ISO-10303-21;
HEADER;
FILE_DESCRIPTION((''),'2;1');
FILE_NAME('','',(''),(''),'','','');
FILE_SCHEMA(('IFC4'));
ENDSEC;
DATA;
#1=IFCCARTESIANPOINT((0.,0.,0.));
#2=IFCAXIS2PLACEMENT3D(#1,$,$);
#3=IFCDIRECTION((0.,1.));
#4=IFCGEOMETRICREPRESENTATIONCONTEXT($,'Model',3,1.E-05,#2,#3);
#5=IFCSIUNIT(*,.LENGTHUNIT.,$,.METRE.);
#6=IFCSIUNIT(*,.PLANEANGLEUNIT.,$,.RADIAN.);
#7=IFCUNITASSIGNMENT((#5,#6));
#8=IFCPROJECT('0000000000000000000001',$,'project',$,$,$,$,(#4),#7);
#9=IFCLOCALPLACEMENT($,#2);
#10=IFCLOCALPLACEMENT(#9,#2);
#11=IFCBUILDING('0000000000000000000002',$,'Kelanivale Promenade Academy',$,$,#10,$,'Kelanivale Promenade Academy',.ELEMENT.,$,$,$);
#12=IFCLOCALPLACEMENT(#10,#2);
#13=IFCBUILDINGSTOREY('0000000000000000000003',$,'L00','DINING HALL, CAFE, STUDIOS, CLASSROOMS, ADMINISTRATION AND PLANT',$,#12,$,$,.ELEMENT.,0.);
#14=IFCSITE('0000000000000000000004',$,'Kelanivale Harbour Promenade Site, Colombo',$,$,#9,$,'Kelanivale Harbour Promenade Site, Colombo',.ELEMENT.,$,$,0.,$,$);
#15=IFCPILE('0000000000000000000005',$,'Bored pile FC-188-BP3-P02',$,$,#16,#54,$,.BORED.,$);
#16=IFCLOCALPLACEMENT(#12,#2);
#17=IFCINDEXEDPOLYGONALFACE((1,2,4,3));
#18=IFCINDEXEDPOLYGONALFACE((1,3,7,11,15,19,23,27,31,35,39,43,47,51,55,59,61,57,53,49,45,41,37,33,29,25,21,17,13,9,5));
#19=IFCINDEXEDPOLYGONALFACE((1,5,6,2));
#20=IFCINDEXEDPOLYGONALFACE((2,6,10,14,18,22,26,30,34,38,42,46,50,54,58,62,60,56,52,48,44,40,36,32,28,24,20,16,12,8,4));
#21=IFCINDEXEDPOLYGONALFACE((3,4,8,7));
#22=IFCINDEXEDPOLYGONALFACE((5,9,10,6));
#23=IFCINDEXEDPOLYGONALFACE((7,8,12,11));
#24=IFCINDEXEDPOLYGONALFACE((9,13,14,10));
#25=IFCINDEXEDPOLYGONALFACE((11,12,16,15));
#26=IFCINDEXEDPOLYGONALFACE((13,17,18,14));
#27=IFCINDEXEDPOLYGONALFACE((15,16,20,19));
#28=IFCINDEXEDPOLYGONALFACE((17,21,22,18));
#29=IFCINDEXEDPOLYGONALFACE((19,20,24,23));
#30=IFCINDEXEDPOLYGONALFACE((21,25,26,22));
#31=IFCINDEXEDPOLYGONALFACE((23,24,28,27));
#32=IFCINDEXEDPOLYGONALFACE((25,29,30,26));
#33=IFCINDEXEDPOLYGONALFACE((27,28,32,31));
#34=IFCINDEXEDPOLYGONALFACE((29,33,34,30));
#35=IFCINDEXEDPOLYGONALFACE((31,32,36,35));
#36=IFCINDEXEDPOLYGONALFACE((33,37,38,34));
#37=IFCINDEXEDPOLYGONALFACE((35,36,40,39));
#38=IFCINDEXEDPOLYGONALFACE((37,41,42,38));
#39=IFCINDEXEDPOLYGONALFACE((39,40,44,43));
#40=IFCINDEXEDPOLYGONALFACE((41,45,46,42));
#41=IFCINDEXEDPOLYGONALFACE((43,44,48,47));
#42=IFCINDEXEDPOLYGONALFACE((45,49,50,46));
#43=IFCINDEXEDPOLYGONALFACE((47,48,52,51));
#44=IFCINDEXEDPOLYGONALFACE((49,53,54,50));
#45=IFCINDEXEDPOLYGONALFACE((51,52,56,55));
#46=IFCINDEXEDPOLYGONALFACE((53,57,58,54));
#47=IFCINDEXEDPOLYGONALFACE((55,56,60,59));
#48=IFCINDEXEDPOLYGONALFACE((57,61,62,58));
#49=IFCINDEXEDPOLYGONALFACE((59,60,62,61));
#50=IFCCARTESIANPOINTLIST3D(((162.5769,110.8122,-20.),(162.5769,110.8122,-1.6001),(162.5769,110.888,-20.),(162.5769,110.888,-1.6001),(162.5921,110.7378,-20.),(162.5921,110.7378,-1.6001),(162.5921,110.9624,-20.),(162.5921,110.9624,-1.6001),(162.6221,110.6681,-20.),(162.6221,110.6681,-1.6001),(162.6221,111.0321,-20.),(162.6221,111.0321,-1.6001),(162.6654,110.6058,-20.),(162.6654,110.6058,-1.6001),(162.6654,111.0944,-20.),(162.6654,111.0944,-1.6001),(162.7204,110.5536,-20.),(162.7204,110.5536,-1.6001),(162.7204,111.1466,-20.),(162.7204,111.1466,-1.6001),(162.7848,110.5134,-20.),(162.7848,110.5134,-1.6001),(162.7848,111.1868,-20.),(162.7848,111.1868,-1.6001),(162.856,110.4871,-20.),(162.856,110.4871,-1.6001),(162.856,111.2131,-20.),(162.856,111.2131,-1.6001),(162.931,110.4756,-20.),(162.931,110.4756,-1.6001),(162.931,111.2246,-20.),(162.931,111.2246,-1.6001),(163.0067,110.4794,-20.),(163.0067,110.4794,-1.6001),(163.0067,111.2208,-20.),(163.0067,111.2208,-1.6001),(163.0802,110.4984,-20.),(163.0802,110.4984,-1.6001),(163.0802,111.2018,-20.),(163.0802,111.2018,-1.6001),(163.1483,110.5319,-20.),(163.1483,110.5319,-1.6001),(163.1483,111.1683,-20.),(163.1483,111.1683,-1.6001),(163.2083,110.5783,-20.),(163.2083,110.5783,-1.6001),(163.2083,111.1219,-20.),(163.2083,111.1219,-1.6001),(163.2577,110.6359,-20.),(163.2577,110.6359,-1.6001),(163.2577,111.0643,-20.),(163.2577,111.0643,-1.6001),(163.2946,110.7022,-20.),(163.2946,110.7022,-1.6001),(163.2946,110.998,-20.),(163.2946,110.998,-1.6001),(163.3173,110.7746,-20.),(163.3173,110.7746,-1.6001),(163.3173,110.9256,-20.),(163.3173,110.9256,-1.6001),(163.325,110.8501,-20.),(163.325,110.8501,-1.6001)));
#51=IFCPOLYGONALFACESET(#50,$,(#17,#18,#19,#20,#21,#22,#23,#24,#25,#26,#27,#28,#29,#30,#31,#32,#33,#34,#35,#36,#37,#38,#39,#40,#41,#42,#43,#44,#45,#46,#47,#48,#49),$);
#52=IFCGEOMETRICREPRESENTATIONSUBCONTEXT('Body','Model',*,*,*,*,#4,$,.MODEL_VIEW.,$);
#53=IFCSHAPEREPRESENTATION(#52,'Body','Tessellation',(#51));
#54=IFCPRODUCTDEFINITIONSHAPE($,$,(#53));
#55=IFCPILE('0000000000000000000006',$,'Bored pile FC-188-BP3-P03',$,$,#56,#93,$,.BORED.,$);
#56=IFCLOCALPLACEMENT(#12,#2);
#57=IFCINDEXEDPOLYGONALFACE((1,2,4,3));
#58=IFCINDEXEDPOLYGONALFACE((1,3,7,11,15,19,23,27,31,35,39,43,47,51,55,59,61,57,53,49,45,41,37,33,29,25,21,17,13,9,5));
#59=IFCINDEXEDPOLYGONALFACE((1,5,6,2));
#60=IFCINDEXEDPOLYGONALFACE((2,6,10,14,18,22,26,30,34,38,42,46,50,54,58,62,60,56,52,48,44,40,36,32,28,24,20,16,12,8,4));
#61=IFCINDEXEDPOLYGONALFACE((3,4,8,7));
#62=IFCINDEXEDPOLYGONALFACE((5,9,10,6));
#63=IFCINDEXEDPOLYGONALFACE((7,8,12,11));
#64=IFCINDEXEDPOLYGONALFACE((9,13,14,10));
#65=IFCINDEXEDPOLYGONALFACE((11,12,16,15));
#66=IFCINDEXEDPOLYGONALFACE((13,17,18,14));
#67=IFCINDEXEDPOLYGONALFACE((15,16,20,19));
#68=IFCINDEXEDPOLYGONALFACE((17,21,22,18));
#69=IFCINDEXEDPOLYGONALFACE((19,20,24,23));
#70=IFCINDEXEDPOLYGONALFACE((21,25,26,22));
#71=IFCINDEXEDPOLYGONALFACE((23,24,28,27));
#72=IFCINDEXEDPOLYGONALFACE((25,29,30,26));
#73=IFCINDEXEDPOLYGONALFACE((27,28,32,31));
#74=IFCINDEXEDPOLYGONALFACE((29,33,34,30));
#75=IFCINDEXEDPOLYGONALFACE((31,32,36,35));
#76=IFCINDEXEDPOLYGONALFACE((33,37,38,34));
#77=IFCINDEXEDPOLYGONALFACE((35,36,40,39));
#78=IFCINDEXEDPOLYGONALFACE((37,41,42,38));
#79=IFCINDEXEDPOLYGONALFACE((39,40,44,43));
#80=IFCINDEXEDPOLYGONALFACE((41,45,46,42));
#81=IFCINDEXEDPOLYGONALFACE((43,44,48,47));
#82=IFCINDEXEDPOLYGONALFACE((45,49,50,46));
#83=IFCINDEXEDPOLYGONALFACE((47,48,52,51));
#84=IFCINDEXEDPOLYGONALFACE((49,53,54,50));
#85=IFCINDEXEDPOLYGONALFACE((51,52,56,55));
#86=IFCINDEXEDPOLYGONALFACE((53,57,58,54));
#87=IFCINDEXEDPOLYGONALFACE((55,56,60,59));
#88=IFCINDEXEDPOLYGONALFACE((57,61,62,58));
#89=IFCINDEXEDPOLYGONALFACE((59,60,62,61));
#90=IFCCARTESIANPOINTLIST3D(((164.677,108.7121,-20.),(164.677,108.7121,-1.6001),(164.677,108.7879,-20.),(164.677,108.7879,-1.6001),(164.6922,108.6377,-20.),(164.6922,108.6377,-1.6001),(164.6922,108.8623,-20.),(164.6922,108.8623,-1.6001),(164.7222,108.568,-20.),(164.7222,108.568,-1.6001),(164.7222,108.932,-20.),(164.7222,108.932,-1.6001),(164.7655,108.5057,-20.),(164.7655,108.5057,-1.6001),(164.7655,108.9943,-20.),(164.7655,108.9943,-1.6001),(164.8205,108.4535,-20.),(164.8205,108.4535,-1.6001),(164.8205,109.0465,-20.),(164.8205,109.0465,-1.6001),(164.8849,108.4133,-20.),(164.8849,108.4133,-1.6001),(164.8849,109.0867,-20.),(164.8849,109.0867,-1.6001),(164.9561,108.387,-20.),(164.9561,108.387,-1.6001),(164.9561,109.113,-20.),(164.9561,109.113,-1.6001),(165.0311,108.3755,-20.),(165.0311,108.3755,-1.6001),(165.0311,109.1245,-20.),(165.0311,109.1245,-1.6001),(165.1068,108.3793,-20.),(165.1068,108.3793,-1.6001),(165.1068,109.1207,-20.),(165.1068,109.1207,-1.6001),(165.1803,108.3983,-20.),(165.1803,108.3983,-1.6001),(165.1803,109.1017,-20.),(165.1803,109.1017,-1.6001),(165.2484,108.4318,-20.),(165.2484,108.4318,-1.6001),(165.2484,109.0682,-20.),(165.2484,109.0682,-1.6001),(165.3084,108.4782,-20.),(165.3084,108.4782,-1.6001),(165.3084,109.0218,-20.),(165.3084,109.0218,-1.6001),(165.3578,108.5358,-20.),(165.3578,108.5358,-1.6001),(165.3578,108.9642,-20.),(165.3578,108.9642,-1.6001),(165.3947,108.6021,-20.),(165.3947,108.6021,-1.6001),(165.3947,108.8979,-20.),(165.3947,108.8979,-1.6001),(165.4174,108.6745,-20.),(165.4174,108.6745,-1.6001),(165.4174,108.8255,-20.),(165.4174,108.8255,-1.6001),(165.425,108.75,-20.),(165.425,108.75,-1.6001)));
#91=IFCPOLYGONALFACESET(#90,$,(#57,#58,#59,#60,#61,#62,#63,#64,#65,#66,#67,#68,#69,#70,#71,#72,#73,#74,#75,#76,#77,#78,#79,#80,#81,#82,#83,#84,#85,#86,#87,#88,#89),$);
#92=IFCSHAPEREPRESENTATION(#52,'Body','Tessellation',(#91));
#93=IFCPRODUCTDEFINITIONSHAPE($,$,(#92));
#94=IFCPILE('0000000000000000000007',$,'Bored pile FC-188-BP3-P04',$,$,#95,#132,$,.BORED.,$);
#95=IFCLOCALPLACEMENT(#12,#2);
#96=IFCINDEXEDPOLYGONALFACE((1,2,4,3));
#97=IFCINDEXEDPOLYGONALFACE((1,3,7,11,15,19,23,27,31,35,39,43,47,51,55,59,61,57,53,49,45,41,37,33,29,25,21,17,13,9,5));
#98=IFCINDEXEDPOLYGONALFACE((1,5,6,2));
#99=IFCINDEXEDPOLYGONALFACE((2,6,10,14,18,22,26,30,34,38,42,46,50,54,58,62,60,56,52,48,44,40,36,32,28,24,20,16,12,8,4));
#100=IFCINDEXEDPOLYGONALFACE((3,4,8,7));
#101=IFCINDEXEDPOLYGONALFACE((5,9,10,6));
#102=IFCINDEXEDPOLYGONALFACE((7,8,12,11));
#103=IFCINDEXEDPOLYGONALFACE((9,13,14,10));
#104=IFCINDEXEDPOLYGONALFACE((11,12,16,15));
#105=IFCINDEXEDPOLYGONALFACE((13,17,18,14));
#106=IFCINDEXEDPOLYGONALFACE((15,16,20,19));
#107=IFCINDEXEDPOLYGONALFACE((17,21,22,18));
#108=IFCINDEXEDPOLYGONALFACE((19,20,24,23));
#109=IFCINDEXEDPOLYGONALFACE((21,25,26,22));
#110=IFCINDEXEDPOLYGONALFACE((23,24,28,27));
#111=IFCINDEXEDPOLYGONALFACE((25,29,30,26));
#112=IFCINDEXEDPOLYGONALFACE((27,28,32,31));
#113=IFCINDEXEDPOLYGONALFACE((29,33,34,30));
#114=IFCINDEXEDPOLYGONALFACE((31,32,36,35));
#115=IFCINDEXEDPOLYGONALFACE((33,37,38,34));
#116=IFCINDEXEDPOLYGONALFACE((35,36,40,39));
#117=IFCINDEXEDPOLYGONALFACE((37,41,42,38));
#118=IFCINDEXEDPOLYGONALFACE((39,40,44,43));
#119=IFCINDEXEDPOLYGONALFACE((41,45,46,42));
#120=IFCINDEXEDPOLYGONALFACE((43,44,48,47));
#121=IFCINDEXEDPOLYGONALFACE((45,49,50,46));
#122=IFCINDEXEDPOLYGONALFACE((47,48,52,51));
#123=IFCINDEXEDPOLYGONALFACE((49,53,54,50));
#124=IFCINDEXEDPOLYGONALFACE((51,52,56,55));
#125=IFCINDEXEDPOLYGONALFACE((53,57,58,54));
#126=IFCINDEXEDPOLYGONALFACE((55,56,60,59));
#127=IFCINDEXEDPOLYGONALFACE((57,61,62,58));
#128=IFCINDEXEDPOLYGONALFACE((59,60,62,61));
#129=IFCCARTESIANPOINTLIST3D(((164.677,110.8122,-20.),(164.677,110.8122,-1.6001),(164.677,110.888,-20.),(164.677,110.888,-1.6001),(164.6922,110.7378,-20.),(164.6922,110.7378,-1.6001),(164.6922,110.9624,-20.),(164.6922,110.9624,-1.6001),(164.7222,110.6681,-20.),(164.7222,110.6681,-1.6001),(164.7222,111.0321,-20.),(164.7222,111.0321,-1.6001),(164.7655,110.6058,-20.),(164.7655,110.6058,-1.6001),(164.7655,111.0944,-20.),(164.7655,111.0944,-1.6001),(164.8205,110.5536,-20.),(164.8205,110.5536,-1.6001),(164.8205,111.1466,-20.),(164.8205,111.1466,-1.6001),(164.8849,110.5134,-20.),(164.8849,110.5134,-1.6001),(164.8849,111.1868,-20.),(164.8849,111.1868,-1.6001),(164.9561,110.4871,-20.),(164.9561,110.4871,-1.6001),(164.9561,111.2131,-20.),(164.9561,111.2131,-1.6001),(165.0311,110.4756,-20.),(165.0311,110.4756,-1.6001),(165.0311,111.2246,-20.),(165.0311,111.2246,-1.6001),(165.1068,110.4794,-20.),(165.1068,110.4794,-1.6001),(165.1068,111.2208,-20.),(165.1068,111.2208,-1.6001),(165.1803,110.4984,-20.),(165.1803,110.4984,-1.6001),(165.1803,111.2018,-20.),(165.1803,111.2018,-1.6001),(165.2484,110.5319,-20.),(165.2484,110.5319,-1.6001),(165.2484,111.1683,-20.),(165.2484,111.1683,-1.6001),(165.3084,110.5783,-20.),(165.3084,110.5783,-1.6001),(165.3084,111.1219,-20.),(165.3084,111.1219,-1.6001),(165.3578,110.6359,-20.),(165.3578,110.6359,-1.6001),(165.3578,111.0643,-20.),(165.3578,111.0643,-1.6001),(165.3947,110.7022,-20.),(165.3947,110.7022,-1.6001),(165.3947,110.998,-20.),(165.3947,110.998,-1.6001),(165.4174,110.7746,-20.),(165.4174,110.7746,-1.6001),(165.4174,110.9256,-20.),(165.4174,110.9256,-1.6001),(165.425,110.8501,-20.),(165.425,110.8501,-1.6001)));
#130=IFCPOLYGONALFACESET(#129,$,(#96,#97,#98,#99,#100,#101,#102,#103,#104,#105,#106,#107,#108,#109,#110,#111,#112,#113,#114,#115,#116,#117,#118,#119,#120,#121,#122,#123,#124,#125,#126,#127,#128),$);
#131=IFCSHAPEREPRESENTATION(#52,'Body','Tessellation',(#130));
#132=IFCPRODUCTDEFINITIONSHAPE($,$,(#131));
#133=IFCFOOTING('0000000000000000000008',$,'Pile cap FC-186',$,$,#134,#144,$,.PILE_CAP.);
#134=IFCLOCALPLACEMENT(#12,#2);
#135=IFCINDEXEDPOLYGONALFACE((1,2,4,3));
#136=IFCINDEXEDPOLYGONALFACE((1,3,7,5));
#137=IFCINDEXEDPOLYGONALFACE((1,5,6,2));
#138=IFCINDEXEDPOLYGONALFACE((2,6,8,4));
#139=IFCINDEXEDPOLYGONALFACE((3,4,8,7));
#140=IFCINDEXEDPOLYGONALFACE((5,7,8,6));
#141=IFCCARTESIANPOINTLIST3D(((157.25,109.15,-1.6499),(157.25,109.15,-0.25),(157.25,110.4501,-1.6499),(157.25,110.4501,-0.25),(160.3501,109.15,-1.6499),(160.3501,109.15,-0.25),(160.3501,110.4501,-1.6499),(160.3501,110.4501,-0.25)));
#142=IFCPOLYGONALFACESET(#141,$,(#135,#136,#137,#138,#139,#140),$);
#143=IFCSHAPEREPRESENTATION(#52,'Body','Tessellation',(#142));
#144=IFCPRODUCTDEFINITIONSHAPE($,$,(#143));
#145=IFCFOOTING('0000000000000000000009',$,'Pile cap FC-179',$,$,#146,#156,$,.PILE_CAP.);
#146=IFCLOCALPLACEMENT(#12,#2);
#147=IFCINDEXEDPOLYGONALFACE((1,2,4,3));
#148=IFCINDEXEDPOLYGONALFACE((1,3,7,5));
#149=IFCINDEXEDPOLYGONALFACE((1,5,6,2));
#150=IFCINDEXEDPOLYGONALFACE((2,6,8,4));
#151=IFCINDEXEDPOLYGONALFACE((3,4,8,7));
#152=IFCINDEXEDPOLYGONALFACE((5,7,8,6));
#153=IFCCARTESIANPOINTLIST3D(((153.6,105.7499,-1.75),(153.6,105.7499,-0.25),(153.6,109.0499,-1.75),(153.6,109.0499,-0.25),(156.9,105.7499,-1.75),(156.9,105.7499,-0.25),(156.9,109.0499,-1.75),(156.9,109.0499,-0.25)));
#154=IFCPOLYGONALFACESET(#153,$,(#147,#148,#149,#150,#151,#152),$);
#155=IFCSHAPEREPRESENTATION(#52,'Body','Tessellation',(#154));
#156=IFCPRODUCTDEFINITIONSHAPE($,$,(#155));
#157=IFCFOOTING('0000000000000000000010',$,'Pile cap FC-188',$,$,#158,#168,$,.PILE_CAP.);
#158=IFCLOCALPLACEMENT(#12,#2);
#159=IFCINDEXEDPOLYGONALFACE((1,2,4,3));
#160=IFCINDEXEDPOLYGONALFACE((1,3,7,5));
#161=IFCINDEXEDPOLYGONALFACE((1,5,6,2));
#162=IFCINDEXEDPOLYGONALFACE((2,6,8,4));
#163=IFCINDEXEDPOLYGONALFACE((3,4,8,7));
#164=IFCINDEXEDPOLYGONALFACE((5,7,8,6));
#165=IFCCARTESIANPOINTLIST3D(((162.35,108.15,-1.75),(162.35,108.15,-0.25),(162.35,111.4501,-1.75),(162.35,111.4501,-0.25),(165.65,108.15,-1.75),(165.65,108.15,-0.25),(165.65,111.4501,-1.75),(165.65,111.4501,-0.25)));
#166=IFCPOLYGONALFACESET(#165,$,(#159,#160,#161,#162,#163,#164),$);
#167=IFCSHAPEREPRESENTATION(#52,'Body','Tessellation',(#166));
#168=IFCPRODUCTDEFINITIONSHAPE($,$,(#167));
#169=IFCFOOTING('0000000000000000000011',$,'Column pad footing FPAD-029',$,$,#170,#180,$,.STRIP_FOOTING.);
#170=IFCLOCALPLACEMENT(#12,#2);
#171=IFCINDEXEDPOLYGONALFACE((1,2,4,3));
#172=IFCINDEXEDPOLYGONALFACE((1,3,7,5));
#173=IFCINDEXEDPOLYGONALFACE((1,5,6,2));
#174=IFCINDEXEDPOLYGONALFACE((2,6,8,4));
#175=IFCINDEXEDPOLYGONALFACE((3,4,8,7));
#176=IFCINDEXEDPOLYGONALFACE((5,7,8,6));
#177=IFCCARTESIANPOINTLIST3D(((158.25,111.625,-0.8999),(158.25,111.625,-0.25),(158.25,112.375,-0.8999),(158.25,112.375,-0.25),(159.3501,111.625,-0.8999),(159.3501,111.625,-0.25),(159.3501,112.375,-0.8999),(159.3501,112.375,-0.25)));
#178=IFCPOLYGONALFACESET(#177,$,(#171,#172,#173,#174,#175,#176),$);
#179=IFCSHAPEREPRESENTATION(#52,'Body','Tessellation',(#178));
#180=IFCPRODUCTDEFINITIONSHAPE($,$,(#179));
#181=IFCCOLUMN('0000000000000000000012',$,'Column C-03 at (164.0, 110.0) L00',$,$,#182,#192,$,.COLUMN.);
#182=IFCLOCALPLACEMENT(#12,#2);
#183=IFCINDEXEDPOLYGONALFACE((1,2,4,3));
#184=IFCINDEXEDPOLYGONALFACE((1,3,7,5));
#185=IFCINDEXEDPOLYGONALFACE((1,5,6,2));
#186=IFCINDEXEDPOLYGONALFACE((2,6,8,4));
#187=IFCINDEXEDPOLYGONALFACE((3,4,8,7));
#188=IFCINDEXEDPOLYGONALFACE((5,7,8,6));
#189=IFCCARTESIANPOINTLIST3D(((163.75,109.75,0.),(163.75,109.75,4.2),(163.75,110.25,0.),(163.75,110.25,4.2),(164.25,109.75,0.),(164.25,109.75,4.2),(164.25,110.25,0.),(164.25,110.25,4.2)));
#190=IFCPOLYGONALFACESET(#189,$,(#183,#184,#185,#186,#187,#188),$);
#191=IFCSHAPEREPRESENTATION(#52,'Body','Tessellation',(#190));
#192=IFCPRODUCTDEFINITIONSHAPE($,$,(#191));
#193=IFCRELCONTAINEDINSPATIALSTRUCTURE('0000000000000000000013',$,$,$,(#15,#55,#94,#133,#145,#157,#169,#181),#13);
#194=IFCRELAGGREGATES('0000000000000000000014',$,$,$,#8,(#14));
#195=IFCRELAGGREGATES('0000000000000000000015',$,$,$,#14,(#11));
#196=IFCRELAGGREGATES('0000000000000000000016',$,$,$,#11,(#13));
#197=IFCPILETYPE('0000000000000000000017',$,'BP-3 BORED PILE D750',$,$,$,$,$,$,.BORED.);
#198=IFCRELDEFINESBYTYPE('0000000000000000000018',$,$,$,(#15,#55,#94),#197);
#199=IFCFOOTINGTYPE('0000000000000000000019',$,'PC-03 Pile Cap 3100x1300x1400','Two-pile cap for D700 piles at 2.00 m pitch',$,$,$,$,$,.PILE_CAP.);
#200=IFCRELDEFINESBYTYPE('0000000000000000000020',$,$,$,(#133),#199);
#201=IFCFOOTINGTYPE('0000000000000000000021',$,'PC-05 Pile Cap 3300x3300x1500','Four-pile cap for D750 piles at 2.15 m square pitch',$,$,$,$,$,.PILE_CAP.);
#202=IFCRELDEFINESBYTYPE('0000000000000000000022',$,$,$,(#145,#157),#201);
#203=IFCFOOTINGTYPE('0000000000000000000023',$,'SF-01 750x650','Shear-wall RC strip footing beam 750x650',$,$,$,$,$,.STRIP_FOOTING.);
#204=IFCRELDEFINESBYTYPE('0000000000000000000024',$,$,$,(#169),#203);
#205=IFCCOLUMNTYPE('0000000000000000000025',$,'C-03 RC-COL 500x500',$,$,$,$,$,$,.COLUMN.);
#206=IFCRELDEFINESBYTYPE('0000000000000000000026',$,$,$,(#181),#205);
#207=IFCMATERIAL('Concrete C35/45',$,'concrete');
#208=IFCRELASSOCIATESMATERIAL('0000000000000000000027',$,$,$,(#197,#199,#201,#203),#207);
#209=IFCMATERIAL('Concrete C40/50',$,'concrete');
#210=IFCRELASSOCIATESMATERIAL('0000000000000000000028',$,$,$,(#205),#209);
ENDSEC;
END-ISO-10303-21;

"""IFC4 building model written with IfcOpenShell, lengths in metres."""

from ifc_helpers import new_model, si_unit, direction, frame, origin, origin_2d, place, context, subcontext, project, spatial, rectangle, circle, extrude, material, material_profile, profile_set, type_object, element, save


model = new_model("IFC4")

# Units and contexts
model_context = context("Model", 3, precision=1e-05, world=origin(), true_north=direction((0.0, 1.0)))
body_context = subcontext(model_context, "Body", "Model", "MODEL_VIEW")
ifc_project = project(units=[si_unit("LENGTHUNIT", "METRE"), si_unit("PLANEANGLEUNIT", "RADIAN")], contexts=[model_context])

# Site, building, storey
site_placement = place(None, origin())
site = spatial("IfcSite", under=ifc_project, at=site_placement, Name="Kelanivale Harbour Promenade Site, Colombo", LongName="Kelanivale Harbour Promenade Site, Colombo", CompositionType="ELEMENT", RefElevation=0.0)
building_placement = place(site_placement, origin())
building = spatial("IfcBuilding", under=site, at=building_placement, Name="Kelanivale Promenade Academy", LongName="Kelanivale Promenade Academy", CompositionType="ELEMENT")
storey_placement = place(building_placement, origin())
storey = spatial("IfcBuildingStorey", under=building, at=storey_placement, Name="L00", Description="DINING HALL, CAFE, STUDIOS, CLASSROOMS, ADMINISTRATION AND PLANT", CompositionType="ELEMENT", Elevation=0.0)

# Piles
ifc_material_1 = material(Name="Concrete C35/45", Category="concrete")
ifc_material_profile_1 = material_profile(ifc_material_1, circle(Radius=0.375, at=origin_2d()), Name="BORED PILE D750")
ifc_profile_set_1 = profile_set([ifc_material_profile_1], Name="Concrete C35/45")
pile_type_1 = type_object("IfcPileType", Name="BP-3 BORED PILE D750", PredefinedType="BORED", material=ifc_profile_set_1)
for number, where, z_axis, x_axis, name in (
    (1, (162.95, 110.8501, -1.6001), (0.0, 0.0, -1.0), (1.0, 0.0, 0.0), "Bored pile FC-188-BP3-P02"),
    (2, (165.05, 108.75, -1.6001), (0.0, 0.0, -1.0), (1.0, 0.0, 0.0), "Bored pile FC-188-BP3-P03"),
    (3, (165.05, 110.8501, -1.6001), (0.0, 0.0, -1.0), (1.0, 0.0, 0.0), "Bored pile FC-188-BP3-P04"),
):
    element("IfcPile", number, at=place(storey_placement, frame(where, z_axis=z_axis, x_axis=x_axis)), inside=storey, type_object=pile_type_1, Name=name, PredefinedType="BORED", context=body_context, shape_type="SweptSolid", body=[
        extrude(circle(Radius=0.375, at=origin_2d()), origin(), (0.0, 0.0, 1.0), 18.3999),
    ])

# Footings
footing_type_1 = type_object("IfcFootingType", Name="PC-03 Pile Cap 3100x1300x1400", Description="Two-pile cap for D700 piles at 2.00 m pitch", PredefinedType="PILE_CAP", material=ifc_material_1)
footing_1_placement = place(storey_placement, frame((158.8, 109.8, -1.6499), z_axis=(0.0, 0.0, 1.0), x_axis=(1.0, 0.0, 0.0)))
element("IfcFooting", 4, at=footing_1_placement, inside=storey, type_object=footing_type_1, Name="Pile cap FC-186", PredefinedType="PILE_CAP", context=body_context, shape_type="SweptSolid", body=[
    extrude(rectangle(XDim=3.1001, YDim=1.3, at=origin_2d()), origin(), (0.0, 0.0, 1.0), 1.3999),
])
footing_type_2 = type_object("IfcFootingType", Name="PC-05 Pile Cap 3300x3300x1500", Description="Four-pile cap for D750 piles at 2.15 m square pitch", PredefinedType="PILE_CAP", material=ifc_material_1)
for number, where, z_axis, x_axis, name in (
    (5, (155.25, 107.3999, -1.75), (0.0, 0.0, 1.0), (1.0, 0.0, 0.0), "Pile cap FC-179"),
    (6, (164.0, 109.8, -1.75), (0.0, 0.0, 1.0), (1.0, 0.0, 0.0), "Pile cap FC-188"),
):
    element("IfcFooting", number, at=place(storey_placement, frame(where, z_axis=z_axis, x_axis=x_axis)), inside=storey, type_object=footing_type_2, Name=name, PredefinedType="PILE_CAP", context=body_context, shape_type="SweptSolid", body=[
        extrude(rectangle(XDim=3.3, YDim=3.3, at=origin_2d()), origin(), (0.0, 0.0, 1.0), 1.5),
    ])
footing_type_3 = type_object("IfcFootingType", Name="SF-01 750x650", Description="Shear-wall RC strip footing beam 750x650", PredefinedType="STRIP_FOOTING", material=ifc_material_1)
footing_2_placement = place(storey_placement, frame((158.8, 112.0, -0.8999), z_axis=(0.0, 0.0, 1.0), x_axis=(1.0, 0.0, 0.0)))
element("IfcFooting", 7, at=footing_2_placement, inside=storey, type_object=footing_type_3, Name="Column pad footing FPAD-029", PredefinedType="STRIP_FOOTING", context=body_context, shape_type="SweptSolid", body=[
    extrude(rectangle(XDim=1.1001, YDim=0.75, at=origin_2d()), origin(), (0.0, 0.0, 1.0), 0.6499),
])

# Column
ifc_material_2 = material(Name="Concrete C40/50", Category="concrete")
ifc_material_profile_2 = material_profile(ifc_material_2, rectangle(XDim=0.5, YDim=0.5, at=origin_2d()), Name="RC-COL 500x500")
ifc_profile_set_2 = profile_set([ifc_material_profile_2], Name="Concrete C40/50")
column_type_1 = type_object("IfcColumnType", Name="C-03 RC-COL 500x500", PredefinedType="COLUMN", material=ifc_profile_set_2)
column_1_placement = place(storey_placement, frame((164.0, 110.0, 0.0), z_axis=(0.0, 0.0, 1.0), x_axis=(1.0, 0.0, 0.0)))
element("IfcColumn", 8, at=column_1_placement, inside=storey, type_object=column_type_1, Name="Column C-03 at (164.0, 110.0) L00", PredefinedType="COLUMN", context=body_context, shape_type="SweptSolid", body=[
    extrude(rectangle(XDim=0.5, YDim=0.5, at=origin_2d()), origin(), (0.0, 0.0, 1.0), 4.2),
])

save(model, "model.ifc")
